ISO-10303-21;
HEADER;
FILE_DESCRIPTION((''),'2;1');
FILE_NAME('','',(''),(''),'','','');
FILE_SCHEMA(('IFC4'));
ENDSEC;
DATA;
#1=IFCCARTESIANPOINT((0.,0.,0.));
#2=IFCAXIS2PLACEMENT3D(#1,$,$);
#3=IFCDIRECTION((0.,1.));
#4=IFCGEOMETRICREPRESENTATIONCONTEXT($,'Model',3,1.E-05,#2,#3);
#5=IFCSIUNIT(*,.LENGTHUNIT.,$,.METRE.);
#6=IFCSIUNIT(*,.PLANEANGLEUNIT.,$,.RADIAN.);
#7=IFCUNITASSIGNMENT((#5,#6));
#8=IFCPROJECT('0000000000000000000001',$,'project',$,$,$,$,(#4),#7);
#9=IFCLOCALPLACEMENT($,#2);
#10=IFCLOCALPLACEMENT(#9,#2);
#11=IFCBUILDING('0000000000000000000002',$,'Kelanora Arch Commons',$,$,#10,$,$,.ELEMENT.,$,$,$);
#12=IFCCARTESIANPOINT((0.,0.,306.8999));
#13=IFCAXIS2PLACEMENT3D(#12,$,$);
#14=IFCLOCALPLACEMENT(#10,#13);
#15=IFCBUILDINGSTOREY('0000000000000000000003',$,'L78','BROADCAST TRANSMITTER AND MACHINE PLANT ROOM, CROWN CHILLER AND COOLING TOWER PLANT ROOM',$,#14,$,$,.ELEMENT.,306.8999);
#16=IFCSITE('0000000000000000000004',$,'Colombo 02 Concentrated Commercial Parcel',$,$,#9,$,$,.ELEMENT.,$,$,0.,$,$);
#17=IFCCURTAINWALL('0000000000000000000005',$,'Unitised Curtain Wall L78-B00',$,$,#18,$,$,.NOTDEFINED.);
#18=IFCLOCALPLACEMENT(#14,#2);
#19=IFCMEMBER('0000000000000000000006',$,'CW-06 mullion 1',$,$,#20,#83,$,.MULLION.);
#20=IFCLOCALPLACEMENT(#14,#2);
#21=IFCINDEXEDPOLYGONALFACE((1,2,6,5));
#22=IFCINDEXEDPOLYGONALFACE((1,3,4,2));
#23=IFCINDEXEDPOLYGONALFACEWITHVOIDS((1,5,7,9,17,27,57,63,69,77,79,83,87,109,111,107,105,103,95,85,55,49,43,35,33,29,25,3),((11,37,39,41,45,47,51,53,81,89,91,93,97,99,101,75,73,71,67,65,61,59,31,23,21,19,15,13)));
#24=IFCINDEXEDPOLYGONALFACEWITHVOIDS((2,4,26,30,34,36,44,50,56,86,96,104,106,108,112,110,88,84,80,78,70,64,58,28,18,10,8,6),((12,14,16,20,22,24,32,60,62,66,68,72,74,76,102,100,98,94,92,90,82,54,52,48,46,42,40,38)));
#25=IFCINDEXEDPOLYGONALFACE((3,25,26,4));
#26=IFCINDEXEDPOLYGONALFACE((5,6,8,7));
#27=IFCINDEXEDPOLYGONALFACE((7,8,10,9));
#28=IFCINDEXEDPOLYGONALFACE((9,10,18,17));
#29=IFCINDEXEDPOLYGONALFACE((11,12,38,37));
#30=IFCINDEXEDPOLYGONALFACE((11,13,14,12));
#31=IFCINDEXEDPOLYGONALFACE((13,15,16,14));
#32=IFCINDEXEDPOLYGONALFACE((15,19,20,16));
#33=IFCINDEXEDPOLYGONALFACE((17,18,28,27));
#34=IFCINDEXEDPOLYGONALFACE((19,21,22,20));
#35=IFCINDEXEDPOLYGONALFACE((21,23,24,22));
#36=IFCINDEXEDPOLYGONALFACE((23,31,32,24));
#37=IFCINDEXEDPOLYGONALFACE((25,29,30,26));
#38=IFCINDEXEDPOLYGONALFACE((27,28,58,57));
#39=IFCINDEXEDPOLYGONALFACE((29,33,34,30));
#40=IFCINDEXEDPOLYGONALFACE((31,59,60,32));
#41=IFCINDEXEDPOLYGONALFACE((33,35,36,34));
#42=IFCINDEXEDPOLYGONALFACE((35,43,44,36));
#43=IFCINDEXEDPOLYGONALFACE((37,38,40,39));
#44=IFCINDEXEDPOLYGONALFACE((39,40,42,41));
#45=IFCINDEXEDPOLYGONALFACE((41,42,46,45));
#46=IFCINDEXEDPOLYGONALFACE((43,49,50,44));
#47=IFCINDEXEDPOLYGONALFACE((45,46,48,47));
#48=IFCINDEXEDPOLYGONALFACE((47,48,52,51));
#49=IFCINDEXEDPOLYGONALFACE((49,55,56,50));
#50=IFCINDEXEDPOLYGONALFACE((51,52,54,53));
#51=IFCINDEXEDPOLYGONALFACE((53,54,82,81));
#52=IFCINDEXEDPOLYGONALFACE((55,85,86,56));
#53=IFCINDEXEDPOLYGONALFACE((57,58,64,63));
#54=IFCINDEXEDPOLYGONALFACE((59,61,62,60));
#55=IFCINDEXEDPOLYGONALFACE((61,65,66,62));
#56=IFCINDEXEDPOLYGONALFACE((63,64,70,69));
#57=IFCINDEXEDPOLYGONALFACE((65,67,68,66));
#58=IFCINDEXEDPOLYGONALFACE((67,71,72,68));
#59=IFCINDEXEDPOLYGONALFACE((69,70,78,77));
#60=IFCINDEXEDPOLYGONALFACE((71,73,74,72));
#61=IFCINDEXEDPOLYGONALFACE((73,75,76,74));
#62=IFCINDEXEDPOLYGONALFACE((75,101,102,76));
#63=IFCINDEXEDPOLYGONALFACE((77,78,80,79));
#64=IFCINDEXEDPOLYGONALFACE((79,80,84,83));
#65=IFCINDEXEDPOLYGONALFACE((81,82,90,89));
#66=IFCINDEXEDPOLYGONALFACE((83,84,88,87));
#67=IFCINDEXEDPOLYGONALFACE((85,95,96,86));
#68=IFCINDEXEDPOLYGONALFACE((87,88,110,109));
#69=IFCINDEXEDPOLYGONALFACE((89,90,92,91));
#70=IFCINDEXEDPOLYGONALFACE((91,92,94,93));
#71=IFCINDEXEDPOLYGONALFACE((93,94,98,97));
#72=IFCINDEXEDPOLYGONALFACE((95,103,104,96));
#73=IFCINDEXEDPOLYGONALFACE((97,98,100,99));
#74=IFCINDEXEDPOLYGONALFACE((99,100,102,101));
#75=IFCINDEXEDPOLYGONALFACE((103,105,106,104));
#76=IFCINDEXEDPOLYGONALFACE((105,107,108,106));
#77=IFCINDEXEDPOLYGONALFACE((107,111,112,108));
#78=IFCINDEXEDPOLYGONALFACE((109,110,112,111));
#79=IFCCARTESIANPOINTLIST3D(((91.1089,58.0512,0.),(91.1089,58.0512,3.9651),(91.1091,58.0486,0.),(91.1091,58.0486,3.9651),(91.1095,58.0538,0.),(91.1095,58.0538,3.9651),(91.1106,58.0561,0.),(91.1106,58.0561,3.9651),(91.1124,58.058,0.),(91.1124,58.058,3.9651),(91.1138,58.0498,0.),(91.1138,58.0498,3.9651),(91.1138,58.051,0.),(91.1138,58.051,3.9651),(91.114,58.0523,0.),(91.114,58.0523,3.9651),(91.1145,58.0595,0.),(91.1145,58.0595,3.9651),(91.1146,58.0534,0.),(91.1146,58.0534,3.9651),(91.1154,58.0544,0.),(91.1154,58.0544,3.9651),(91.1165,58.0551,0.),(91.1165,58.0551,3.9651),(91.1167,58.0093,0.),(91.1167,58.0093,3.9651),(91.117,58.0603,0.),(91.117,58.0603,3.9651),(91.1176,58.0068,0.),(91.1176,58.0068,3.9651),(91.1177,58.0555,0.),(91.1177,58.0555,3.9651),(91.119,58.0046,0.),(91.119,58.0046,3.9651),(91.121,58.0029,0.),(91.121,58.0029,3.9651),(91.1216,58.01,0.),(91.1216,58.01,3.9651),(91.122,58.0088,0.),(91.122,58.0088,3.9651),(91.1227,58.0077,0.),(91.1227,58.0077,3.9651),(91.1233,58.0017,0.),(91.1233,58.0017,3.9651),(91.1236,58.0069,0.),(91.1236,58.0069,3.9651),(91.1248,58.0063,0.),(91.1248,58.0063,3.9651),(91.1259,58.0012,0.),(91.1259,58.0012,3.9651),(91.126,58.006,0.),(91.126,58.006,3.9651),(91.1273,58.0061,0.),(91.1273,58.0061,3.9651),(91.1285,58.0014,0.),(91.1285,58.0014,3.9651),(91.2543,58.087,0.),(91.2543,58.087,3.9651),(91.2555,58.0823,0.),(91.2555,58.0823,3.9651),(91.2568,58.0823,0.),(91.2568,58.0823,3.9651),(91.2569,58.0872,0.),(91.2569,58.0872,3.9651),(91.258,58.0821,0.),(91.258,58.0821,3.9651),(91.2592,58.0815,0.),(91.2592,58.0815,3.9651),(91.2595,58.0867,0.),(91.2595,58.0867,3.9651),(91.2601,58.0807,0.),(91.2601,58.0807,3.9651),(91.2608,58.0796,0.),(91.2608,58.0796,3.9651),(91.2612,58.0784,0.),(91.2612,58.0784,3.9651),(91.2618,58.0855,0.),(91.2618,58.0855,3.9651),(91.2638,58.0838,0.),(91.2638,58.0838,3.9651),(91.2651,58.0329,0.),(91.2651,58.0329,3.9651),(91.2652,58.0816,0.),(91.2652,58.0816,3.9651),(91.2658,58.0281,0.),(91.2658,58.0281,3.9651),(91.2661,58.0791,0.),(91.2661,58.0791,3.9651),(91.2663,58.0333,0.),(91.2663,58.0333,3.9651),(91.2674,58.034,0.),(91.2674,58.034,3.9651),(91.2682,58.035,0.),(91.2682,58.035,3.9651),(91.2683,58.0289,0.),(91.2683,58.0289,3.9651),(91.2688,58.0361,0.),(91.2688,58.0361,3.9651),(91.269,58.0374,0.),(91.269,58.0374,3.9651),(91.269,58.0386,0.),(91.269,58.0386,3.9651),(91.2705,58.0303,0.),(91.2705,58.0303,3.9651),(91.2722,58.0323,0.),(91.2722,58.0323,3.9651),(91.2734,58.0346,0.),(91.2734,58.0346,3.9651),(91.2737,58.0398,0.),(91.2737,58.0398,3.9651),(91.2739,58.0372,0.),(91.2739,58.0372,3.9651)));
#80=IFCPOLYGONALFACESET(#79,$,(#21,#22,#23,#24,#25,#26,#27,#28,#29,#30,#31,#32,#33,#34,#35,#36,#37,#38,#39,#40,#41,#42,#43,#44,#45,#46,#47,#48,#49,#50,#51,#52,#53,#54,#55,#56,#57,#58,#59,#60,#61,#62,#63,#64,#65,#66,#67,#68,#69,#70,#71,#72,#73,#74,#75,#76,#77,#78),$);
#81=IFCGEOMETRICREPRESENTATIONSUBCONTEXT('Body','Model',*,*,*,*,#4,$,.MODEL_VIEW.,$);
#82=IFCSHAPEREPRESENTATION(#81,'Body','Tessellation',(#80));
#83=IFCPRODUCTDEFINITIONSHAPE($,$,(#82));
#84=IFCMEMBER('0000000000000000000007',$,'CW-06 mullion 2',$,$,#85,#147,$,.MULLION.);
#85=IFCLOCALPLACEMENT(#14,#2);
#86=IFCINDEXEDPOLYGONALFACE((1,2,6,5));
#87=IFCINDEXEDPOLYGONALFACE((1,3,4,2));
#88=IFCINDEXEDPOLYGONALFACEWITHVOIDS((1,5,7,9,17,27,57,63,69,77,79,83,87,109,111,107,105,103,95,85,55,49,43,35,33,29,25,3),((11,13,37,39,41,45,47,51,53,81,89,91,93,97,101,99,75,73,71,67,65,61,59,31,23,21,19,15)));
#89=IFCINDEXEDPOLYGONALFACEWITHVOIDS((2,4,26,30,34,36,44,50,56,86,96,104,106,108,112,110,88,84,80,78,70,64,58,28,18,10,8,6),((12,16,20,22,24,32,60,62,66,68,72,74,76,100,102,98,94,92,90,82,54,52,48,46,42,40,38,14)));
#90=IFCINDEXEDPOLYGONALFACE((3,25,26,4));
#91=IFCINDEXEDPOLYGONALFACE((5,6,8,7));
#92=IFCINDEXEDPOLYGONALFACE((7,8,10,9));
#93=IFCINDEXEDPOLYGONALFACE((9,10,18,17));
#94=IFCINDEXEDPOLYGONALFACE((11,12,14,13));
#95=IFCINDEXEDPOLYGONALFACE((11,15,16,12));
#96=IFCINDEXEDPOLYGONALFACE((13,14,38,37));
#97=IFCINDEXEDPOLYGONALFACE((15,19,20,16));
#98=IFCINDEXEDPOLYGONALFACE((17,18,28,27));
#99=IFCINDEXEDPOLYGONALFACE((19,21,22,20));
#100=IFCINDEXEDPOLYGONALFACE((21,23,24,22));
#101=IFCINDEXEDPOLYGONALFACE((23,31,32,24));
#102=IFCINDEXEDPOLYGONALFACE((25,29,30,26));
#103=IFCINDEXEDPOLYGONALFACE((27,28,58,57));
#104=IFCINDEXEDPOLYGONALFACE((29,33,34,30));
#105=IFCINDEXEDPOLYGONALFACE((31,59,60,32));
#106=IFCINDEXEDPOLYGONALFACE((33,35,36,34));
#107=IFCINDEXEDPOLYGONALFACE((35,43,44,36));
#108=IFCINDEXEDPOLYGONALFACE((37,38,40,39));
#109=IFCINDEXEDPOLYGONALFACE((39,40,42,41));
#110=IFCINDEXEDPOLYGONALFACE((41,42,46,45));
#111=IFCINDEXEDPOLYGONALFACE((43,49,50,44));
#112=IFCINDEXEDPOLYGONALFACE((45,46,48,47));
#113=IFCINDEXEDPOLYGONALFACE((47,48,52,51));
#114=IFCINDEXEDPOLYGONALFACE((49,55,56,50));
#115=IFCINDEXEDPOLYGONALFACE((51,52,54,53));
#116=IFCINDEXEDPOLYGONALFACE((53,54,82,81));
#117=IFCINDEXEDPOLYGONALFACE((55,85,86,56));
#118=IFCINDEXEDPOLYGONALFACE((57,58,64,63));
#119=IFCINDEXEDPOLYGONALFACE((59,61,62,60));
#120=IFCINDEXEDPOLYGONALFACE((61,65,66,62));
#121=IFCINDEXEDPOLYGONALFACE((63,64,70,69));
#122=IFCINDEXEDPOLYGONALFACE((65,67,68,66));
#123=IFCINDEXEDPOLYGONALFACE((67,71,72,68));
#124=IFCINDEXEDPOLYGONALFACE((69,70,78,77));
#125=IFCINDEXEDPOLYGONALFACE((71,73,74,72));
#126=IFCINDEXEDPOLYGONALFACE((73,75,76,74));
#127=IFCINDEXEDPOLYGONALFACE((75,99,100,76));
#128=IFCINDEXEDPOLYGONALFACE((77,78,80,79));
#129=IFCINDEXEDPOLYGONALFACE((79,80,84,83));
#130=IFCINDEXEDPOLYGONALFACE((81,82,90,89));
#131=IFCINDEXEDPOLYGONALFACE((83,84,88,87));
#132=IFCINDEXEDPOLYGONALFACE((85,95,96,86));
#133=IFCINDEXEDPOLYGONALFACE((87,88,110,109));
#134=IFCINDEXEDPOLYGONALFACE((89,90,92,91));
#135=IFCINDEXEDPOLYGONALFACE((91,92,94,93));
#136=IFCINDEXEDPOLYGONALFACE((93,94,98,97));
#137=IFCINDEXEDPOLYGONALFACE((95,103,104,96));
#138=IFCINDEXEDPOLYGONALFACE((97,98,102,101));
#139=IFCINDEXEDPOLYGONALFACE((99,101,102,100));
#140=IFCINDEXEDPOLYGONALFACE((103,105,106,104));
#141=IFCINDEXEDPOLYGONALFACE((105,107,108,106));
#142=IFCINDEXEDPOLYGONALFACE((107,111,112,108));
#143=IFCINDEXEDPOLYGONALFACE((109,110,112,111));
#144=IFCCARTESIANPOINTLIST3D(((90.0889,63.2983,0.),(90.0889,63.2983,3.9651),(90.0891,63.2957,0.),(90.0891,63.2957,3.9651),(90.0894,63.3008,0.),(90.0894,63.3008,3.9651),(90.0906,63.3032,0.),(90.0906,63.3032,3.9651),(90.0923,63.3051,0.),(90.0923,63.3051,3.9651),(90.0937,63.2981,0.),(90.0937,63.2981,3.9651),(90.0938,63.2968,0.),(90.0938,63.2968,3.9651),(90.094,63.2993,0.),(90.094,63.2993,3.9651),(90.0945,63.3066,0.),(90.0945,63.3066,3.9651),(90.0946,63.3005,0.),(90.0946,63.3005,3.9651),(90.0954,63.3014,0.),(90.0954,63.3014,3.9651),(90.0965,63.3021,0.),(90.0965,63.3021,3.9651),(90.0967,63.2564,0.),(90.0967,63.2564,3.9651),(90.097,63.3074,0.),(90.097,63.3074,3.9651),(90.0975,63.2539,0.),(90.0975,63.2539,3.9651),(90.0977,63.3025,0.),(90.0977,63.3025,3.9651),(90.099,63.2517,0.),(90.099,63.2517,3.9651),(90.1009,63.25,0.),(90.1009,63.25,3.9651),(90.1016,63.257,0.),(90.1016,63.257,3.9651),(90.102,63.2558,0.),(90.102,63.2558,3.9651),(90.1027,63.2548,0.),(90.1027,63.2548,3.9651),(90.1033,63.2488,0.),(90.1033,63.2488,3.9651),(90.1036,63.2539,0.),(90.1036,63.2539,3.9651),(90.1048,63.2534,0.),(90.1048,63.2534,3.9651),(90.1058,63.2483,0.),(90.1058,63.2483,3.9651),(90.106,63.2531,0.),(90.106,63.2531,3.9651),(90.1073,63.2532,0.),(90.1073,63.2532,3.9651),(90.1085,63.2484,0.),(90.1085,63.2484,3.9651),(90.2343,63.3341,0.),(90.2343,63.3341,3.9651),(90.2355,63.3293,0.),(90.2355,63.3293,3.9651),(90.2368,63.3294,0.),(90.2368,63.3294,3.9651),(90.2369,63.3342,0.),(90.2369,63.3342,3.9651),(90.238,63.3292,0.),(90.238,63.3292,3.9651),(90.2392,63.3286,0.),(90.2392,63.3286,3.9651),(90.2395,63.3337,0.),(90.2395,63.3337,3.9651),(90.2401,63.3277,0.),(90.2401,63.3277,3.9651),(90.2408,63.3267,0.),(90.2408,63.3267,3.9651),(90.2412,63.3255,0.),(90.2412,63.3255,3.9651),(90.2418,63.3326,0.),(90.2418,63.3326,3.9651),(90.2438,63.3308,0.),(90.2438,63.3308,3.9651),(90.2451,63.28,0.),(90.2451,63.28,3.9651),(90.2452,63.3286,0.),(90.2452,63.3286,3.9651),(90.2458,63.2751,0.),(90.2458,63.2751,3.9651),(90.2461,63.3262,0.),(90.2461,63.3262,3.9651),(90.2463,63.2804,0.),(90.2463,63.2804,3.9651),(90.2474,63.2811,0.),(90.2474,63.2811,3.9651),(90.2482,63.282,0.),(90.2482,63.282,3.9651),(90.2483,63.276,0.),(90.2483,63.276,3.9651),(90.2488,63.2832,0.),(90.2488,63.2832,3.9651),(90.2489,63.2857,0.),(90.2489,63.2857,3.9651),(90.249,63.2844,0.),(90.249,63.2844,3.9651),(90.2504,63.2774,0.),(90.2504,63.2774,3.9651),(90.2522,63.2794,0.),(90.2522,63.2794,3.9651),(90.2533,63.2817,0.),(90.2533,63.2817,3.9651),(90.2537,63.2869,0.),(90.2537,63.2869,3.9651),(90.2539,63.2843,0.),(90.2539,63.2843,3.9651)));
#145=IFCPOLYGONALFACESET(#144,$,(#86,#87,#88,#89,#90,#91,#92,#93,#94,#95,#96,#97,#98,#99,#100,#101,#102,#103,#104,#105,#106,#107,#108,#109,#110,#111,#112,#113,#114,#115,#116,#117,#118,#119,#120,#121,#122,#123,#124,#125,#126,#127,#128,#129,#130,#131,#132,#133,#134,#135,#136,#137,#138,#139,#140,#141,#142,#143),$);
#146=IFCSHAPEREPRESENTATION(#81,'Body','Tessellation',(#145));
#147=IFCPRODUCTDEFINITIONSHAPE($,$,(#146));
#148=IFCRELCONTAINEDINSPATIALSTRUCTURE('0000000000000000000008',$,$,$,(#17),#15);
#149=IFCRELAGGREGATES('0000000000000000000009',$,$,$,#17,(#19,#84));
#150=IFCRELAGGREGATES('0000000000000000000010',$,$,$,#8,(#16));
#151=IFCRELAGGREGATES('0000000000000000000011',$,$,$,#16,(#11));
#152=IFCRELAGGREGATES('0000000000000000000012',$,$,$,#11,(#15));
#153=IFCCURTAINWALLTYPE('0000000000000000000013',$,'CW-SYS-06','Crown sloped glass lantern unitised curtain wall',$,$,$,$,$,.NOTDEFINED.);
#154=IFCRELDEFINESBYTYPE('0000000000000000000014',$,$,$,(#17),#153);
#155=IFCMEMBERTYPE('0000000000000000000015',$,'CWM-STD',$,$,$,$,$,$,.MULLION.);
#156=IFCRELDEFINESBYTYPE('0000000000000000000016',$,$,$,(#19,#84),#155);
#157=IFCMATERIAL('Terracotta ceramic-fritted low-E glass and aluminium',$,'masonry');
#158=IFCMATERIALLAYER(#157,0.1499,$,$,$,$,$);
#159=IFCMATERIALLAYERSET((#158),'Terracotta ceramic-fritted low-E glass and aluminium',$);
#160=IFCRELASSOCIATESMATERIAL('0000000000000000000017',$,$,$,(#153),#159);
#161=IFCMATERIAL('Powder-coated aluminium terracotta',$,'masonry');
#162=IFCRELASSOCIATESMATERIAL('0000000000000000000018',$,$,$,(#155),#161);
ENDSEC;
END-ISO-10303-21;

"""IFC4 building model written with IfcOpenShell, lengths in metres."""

from ifc_helpers import new_model, si_unit, direction, frame, origin, origin_2d, place, context, subcontext, project, spatial, hollow_rectangle, extrude, material, layer, layer_set, material_profile, profile_set, type_object, element, aggregate, save


model = new_model("IFC4")

# Units and contexts
model_context = context("Model", 3, precision=1e-05, world=origin(), true_north=direction((0.0, 1.0)))
body_context = subcontext(model_context, "Body", "Model", "MODEL_VIEW")
ifc_project = project(units=[si_unit("LENGTHUNIT", "METRE"), si_unit("PLANEANGLEUNIT", "RADIAN")], contexts=[model_context])

# Site, building, storey
site_placement = place(None, origin())
site = spatial("IfcSite", under=ifc_project, at=site_placement, Name="Colombo 02 Concentrated Commercial Parcel", CompositionType="ELEMENT", RefElevation=0.0)
building_placement = place(site_placement, origin())
building = spatial("IfcBuilding", under=site, at=building_placement, Name="Kelanora Arch Commons", CompositionType="ELEMENT")
storey_placement = place(building_placement, frame((0.0, 0.0, 306.8999)))
storey = spatial("IfcBuildingStorey", under=building, at=storey_placement, Name="L78", Description="BROADCAST TRANSMITTER AND MACHINE PLANT ROOM, CROWN CHILLER AND COOLING TOWER PLANT ROOM", CompositionType="ELEMENT", Elevation=306.8999)

# Curtain wall, members
ifc_material_1 = material(Name="Terracotta ceramic-fritted low-E glass and aluminium", Category="masonry")
ifc_layer_1 = layer(ifc_material_1, 0.1499)
ifc_layer_set_1 = layer_set([ifc_layer_1], Name="Terracotta ceramic-fritted low-E glass and aluminium")
curtain_wall_type = type_object("IfcCurtainWallType", Name="CW-SYS-06", Description="Crown sloped glass lantern unitised curtain wall", PredefinedType="NOTDEFINED", material=ifc_layer_set_1)
curtain_wall_1_placement = place(storey_placement, origin())
curtain_wall_1 = element("IfcCurtainWall", 1, at=curtain_wall_1_placement, inside=storey, type_object=curtain_wall_type, Name="Unitised Curtain Wall L78-B00", PredefinedType="NOTDEFINED")
ifc_material_2 = material(Name="Powder-coated aluminium terracotta", Category="masonry")
ifc_material_profile_1 = material_profile(ifc_material_2, hollow_rectangle(XDim=0.1599, YDim=0.0601, WallThickness=0.0049, InnerFilletRadius=0.0049, OuterFilletRadius=0.01, at=origin_2d()), Name="CWM160x60")
ifc_profile_set_1 = profile_set([ifc_material_profile_1], Name="Powder-coated aluminium terracotta")
member_type_1 = type_object("IfcMemberType", Name="CWM-STD", PredefinedType="MULLION", material=ifc_profile_set_1)
member_1_placement = place(storey_placement, frame((91.1914, 58.0442, 0.0), z_axis=(0.0, 0.0, 1.0), x_axis=(-0.981624, -0.190827, 0.0)))
member_1 = element("IfcMember", 2, at=member_1_placement, type_object=member_type_1, Name="CW-06 mullion 1", PredefinedType="MULLION", context=body_context, shape_type="SweptSolid", body=[
    extrude(hollow_rectangle(XDim=0.1599, YDim=0.0601, WallThickness=0.0049, InnerFilletRadius=0.0049, OuterFilletRadius=0.01, at=origin_2d()), origin(), (0.0, 0.0, 1.0), 3.9651),
])
member_2_placement = place(storey_placement, frame((90.1714, 63.2913, 0.0), z_axis=(0.0, 0.0, 1.0), x_axis=(-0.981624, -0.190827, 0.0)))
member_2 = element("IfcMember", 3, at=member_2_placement, type_object=member_type_1, Name="CW-06 mullion 2", PredefinedType="MULLION", context=body_context, shape_type="SweptSolid", body=[
    extrude(hollow_rectangle(XDim=0.1599, YDim=0.0601, WallThickness=0.0049, InnerFilletRadius=0.0049, OuterFilletRadius=0.01, at=origin_2d()), origin(), (0.0, 0.0, 1.0), 3.9651),
])

aggregate(curtain_wall_1, [member_1, member_2])

save(model, "model.ifc")
